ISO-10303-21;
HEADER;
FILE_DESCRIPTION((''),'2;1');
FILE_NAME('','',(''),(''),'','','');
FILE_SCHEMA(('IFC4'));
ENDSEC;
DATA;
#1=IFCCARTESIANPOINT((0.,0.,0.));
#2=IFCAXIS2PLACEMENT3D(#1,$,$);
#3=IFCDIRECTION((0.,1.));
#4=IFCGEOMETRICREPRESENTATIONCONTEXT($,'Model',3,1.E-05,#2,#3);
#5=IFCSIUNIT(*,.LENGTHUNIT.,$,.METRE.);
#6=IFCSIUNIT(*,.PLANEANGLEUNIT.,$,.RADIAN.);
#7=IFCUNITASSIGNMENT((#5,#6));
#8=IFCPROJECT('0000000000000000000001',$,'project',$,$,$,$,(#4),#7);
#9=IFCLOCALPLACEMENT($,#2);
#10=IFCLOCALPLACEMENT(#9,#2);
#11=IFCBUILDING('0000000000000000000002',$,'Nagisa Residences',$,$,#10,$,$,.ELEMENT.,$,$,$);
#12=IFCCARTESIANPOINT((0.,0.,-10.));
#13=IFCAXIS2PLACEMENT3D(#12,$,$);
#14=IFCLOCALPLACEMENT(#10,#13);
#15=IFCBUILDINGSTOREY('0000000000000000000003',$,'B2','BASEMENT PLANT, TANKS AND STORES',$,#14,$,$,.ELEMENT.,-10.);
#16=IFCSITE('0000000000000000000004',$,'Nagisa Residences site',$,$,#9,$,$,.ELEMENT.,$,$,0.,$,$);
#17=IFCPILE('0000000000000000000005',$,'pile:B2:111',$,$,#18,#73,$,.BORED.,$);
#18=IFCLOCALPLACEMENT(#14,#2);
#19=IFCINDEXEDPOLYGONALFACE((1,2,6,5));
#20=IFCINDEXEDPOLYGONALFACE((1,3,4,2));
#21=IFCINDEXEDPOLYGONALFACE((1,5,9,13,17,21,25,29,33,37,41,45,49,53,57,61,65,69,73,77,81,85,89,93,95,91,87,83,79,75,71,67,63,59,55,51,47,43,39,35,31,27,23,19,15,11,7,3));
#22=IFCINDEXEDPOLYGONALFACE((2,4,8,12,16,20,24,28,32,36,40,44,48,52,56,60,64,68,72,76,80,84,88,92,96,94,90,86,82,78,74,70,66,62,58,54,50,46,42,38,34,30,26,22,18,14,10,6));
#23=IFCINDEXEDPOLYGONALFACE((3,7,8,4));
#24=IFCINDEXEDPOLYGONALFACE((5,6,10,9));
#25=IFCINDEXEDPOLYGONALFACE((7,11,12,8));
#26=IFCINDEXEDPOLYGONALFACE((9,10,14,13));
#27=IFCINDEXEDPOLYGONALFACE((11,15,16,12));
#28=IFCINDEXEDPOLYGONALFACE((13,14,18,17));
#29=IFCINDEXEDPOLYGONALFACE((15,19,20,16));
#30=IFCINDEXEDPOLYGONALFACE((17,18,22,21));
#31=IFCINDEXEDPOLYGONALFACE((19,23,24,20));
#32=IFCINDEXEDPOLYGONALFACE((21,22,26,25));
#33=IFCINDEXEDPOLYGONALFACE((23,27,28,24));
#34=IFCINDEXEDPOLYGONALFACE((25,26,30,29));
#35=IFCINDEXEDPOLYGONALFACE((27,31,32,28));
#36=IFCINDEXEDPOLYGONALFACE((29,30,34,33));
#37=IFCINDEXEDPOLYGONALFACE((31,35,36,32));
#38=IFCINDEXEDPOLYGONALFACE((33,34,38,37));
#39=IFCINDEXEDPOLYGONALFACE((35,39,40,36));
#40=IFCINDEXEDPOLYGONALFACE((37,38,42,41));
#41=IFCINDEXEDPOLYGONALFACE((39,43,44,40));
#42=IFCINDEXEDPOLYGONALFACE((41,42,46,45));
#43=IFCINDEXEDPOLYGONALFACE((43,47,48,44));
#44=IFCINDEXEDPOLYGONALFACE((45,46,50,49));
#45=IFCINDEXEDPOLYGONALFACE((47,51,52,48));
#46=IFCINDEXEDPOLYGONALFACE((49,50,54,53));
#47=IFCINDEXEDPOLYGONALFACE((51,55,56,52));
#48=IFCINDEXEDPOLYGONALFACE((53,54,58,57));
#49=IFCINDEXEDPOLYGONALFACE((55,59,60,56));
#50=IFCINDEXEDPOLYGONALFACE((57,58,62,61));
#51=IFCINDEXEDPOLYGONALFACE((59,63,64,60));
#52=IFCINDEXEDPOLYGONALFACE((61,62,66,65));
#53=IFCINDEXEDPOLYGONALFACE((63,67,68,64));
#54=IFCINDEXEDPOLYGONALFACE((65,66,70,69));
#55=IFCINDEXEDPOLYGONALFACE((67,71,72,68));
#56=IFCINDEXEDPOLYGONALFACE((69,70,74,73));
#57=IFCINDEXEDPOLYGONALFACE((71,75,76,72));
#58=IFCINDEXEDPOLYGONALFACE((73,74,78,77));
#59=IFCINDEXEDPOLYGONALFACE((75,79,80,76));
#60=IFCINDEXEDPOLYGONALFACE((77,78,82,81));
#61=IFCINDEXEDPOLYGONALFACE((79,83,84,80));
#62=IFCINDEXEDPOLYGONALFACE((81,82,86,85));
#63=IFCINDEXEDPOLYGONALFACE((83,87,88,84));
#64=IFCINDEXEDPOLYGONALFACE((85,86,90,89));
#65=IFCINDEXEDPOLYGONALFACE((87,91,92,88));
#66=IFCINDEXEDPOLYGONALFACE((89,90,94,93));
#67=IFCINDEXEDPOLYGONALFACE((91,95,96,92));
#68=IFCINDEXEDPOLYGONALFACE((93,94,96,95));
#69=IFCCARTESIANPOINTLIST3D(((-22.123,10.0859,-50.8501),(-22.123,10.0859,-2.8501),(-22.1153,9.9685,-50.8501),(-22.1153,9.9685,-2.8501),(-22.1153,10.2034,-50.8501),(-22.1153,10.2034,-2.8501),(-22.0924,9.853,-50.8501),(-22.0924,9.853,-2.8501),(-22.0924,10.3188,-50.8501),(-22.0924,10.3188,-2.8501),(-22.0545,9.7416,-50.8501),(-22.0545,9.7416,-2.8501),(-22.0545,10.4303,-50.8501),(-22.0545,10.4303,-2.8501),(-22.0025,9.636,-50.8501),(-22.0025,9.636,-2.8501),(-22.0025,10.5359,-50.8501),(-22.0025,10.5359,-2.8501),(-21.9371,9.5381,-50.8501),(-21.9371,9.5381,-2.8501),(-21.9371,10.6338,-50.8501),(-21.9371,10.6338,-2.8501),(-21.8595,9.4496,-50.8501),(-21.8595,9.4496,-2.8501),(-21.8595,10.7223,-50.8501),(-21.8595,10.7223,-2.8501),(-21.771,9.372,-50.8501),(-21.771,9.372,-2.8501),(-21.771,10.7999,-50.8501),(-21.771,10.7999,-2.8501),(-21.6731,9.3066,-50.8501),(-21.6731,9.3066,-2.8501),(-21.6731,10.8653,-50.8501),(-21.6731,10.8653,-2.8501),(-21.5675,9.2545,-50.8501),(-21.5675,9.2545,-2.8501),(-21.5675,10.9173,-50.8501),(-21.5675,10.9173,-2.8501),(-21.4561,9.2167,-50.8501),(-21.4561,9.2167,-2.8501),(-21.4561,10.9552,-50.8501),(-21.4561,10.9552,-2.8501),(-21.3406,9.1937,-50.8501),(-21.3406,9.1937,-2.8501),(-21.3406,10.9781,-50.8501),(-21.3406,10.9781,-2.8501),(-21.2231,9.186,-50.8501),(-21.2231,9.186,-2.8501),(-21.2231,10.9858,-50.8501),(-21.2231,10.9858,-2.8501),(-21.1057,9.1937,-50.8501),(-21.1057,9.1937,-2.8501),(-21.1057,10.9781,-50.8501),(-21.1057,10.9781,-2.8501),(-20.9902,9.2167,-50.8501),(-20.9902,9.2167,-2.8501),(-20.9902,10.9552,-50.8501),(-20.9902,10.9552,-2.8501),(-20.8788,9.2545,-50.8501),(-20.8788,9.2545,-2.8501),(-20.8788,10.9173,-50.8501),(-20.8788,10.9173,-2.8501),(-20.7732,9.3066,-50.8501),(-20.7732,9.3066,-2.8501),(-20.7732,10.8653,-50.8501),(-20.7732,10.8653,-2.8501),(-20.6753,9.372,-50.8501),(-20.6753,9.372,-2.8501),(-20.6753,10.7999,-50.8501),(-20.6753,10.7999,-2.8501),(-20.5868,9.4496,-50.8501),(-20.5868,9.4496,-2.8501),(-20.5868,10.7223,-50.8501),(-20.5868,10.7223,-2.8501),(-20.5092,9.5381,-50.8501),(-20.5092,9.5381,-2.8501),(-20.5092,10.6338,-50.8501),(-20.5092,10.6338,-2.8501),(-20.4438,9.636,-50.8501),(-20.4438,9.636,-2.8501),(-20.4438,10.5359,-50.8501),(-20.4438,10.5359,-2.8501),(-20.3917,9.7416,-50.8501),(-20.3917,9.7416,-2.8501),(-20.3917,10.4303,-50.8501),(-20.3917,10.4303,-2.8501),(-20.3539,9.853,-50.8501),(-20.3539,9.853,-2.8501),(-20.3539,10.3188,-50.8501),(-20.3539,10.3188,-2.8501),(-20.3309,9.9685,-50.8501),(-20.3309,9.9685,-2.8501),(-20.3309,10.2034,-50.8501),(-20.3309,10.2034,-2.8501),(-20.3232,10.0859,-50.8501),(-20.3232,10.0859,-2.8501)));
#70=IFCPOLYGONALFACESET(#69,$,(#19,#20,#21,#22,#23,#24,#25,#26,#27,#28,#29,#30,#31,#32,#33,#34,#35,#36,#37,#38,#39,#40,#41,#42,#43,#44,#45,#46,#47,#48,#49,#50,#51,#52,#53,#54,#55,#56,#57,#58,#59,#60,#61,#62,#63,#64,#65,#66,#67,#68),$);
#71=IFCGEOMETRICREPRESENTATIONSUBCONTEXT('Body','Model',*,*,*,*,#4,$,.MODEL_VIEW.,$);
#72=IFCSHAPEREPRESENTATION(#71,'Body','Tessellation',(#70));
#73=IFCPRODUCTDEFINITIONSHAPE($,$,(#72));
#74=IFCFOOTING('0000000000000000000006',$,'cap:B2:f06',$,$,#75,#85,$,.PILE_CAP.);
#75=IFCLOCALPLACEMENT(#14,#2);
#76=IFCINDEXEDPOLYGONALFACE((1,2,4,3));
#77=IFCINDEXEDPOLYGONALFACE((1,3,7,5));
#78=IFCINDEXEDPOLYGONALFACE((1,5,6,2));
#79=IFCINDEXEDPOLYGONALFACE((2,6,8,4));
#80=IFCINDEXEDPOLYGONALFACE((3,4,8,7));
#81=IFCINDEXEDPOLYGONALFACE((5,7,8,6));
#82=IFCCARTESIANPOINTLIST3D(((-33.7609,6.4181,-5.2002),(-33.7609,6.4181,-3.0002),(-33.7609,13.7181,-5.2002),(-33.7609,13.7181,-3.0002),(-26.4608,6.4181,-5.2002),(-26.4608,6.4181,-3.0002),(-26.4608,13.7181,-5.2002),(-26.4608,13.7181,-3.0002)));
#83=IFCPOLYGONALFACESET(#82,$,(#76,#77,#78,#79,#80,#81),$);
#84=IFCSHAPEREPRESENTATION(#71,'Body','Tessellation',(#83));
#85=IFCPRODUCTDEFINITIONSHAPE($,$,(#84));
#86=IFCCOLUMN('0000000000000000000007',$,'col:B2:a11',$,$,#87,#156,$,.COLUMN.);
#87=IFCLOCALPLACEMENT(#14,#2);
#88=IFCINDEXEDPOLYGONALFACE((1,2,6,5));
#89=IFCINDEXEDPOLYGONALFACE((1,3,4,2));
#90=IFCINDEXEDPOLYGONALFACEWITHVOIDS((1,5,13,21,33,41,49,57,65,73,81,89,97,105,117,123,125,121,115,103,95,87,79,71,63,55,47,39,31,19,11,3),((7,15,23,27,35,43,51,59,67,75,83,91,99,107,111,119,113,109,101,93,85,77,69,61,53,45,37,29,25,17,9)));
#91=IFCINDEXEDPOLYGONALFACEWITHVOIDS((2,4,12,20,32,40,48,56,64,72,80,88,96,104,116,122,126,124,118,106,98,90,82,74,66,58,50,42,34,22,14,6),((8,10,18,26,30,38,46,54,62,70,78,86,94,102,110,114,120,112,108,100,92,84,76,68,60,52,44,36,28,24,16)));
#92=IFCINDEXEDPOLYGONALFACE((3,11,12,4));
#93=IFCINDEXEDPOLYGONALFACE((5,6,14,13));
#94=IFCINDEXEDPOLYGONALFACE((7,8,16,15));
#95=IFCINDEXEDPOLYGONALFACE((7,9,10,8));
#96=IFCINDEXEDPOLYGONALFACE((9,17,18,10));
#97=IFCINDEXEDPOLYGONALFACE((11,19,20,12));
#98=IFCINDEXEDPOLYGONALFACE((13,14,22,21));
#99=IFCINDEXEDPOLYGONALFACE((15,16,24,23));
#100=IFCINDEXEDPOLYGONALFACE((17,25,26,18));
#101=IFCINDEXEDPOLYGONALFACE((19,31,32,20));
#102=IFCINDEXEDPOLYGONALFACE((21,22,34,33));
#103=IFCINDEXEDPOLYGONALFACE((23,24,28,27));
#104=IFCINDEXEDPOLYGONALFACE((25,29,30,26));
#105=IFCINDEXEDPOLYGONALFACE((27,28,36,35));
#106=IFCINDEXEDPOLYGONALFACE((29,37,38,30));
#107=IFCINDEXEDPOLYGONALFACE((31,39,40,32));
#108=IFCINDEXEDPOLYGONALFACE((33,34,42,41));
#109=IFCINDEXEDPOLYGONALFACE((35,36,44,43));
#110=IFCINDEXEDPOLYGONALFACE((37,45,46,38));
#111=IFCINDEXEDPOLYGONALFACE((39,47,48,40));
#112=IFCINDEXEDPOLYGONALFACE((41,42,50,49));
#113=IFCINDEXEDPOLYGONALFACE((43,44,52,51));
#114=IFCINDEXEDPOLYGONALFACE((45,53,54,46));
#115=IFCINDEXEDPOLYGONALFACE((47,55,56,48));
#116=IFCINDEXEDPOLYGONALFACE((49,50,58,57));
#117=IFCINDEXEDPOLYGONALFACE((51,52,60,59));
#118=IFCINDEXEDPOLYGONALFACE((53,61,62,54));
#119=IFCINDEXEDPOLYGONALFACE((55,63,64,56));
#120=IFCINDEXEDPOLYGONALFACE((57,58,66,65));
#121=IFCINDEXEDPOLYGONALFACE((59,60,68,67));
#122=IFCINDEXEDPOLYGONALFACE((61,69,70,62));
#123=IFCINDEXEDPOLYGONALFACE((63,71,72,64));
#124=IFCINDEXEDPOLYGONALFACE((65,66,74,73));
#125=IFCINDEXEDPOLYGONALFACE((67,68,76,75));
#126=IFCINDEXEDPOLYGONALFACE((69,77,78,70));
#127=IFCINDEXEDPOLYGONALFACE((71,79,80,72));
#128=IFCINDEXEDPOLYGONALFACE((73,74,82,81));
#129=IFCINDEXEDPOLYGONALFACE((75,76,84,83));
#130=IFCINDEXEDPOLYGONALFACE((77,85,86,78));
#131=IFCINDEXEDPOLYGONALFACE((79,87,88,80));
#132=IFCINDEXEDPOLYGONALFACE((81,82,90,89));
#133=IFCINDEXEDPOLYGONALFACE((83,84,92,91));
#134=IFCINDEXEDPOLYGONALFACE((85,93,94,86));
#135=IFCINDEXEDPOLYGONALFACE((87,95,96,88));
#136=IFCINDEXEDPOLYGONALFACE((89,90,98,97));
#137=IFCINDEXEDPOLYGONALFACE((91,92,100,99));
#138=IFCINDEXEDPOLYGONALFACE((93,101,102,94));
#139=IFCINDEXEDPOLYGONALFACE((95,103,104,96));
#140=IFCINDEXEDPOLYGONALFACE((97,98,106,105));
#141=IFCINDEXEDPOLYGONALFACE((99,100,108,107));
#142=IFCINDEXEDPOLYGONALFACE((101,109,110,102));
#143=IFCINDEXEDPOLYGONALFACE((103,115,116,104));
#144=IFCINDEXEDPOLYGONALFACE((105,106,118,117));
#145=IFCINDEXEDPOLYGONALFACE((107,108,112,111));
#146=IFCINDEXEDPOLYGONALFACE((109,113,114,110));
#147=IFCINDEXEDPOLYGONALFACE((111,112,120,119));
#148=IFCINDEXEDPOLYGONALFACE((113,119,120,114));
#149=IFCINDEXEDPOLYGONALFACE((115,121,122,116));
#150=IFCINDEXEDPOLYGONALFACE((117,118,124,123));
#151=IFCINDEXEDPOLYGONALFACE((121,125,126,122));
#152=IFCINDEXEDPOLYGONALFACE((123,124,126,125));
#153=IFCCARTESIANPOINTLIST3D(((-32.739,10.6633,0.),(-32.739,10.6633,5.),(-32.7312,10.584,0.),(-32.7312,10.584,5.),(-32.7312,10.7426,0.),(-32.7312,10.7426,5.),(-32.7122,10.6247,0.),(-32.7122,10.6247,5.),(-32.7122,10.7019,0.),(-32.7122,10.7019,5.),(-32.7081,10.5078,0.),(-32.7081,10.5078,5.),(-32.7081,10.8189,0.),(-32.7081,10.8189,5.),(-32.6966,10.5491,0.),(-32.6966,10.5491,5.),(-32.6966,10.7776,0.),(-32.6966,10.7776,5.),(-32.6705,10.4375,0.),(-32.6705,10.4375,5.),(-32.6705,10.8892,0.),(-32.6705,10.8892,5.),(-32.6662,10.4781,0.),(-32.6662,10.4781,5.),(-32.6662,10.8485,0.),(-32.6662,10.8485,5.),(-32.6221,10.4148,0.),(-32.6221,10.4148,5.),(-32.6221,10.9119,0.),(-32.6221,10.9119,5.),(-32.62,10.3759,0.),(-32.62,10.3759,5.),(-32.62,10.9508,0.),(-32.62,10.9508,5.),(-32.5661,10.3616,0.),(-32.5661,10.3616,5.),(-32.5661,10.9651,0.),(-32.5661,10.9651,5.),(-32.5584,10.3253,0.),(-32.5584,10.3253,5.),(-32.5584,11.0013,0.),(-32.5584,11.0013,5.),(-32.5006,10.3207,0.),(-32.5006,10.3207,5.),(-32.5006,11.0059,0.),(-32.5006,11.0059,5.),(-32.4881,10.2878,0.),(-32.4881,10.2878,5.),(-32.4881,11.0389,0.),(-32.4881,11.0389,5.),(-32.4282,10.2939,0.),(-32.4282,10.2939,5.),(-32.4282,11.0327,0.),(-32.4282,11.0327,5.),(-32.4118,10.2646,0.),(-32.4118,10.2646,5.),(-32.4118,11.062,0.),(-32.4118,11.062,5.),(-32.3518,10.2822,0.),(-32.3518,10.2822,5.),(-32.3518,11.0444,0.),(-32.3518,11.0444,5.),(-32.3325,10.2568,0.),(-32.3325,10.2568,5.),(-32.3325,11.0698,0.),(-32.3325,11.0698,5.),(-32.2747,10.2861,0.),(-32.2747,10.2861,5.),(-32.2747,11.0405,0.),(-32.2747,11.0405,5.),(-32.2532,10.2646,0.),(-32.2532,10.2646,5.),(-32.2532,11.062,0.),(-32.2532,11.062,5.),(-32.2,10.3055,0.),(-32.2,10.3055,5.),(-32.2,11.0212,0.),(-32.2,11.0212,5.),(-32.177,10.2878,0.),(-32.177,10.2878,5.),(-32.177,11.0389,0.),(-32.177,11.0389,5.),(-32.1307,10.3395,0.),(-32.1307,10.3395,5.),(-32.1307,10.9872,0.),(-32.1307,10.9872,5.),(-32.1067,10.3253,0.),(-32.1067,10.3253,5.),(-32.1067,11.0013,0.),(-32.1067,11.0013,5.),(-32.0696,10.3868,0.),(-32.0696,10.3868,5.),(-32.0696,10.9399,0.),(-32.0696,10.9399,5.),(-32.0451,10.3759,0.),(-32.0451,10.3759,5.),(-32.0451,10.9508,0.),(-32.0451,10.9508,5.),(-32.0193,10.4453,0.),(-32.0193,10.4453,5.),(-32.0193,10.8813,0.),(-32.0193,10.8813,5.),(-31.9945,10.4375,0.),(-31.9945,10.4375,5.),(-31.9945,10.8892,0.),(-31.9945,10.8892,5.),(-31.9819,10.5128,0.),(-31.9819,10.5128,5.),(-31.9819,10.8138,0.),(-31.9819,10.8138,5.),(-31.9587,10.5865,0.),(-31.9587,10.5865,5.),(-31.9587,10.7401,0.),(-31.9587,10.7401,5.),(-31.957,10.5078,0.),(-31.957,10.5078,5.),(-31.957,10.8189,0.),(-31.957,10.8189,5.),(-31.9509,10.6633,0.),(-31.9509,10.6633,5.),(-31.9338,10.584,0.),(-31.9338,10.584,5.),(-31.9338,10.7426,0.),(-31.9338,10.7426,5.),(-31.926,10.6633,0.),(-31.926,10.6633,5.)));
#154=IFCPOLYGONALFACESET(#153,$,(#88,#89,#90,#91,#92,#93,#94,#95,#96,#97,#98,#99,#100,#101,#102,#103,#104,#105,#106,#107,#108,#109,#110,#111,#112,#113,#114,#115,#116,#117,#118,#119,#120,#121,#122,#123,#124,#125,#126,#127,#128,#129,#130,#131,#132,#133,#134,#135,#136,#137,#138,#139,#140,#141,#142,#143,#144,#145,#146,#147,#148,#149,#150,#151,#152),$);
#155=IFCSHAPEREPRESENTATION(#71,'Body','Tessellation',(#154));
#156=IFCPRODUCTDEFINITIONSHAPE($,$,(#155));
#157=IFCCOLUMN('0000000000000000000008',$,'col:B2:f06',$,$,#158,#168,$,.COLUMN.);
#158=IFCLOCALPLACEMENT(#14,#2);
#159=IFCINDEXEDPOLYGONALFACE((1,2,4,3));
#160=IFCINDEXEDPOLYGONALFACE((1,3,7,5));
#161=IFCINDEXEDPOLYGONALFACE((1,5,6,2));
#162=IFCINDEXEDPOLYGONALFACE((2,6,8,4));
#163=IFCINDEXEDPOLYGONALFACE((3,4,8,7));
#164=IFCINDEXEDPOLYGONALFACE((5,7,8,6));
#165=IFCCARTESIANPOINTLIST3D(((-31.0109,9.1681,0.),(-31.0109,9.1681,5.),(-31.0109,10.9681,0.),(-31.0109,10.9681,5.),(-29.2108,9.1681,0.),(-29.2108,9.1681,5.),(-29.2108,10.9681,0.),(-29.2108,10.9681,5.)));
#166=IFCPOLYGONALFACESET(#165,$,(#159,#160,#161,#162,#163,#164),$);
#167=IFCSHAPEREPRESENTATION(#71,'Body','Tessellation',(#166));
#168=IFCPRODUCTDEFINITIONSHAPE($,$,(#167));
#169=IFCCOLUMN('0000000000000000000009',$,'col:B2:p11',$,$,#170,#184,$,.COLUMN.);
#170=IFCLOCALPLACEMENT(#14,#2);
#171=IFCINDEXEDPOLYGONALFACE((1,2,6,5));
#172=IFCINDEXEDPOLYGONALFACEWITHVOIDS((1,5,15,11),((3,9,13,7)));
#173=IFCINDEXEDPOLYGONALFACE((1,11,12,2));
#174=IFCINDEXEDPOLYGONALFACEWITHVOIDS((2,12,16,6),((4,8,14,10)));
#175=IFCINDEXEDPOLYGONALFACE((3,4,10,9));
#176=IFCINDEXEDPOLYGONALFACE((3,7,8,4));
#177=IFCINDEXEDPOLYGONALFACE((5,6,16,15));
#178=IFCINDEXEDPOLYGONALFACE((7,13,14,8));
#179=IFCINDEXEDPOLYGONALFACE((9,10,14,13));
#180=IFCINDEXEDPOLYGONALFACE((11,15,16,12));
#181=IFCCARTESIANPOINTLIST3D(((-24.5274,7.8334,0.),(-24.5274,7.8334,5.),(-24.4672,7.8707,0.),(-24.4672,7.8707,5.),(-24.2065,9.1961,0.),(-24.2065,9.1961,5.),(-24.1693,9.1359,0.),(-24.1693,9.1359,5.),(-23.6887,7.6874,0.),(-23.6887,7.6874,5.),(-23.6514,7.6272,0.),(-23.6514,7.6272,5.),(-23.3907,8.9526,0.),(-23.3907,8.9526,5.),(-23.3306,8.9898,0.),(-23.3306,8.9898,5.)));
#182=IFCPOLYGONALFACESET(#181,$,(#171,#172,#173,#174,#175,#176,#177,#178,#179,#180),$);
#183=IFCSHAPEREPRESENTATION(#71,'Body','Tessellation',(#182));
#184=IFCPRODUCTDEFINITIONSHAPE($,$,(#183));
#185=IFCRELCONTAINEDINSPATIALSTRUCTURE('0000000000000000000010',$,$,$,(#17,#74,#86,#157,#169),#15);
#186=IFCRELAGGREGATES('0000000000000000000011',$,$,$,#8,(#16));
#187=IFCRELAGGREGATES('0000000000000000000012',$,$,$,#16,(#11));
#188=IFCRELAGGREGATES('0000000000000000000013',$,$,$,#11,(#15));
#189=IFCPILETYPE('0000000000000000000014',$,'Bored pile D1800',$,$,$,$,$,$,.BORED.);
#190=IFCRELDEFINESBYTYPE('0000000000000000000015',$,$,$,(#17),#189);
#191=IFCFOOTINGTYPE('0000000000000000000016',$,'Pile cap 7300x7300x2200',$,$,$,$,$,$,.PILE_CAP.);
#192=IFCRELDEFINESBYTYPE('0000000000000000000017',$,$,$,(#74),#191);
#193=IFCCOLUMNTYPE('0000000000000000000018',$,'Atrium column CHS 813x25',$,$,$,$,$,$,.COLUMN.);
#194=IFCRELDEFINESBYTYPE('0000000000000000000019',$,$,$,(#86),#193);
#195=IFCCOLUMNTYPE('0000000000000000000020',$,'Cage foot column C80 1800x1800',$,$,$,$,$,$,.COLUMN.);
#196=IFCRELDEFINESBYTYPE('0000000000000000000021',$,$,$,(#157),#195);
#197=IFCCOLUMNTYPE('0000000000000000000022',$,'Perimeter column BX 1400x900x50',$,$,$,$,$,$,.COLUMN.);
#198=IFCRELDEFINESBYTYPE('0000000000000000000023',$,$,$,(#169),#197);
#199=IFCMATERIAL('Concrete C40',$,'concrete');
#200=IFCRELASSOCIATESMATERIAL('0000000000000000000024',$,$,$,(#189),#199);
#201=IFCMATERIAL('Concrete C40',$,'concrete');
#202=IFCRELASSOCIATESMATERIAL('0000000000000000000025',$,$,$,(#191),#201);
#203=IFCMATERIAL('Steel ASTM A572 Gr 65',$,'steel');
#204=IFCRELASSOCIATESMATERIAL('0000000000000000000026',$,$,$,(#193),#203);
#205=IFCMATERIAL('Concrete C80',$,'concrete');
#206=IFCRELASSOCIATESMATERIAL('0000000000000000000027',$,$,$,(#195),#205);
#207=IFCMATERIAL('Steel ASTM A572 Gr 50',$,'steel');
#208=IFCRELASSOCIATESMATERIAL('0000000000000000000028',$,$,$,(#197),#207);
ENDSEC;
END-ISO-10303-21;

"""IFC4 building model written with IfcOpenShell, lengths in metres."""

from ifc_helpers import new_model, si_unit, direction, frame, origin, origin_2d, place, context, subcontext, project, spatial, rectangle, hollow_rectangle, circle, hollow_circle, extrude, material, material_profile, profile_set, type_object, element, save


model = new_model("IFC4")

# Units and contexts
model_context = context("Model", 3, precision=1e-05, world=origin(), true_north=direction((0.0, 1.0)))
body_context = subcontext(model_context, "Body", "Model", "MODEL_VIEW")
ifc_project = project(units=[si_unit("LENGTHUNIT", "METRE"), si_unit("PLANEANGLEUNIT", "RADIAN")], contexts=[model_context])

# Site, building, storey
site_placement = place(None, origin())
site = spatial("IfcSite", under=ifc_project, at=site_placement, Name="Nagisa Residences site", CompositionType="ELEMENT", RefElevation=0.0)
building_placement = place(site_placement, origin())
building = spatial("IfcBuilding", under=site, at=building_placement, Name="Nagisa Residences", CompositionType="ELEMENT")
storey_placement = place(building_placement, frame((0.0, 0.0, -10.0)))
storey = spatial("IfcBuildingStorey", under=building, at=storey_placement, Name="B2", Description="BASEMENT PLANT, TANKS AND STORES", CompositionType="ELEMENT", Elevation=-10.0)

# Pile
ifc_material_1 = material(Name="Concrete C40", Category="concrete")
ifc_material_profile_1 = material_profile(ifc_material_1, circle(Radius=0.8999, at=origin_2d()), Name="Bored pile D1800")
ifc_profile_set_1 = profile_set([ifc_material_profile_1], Name="Concrete C40")
pile_type = type_object("IfcPileType", Name="Bored pile D1800", PredefinedType="BORED", material=ifc_profile_set_1)
for number, where, z_axis, x_axis, name in (
    (1, (-21.2231, 10.0859, -2.8501), (0.0, 0.0, -1.0), (1.0, 0.0, 0.0), "pile:B2:111"),
):
    element("IfcPile", number, at=place(storey_placement, frame(where, z_axis=z_axis, x_axis=x_axis)), inside=storey, type_object=pile_type, Name=name, PredefinedType="BORED", context=body_context, shape_type="SweptSolid", body=[
        extrude(circle(Radius=0.8999, at=origin_2d()), origin(), (0.0, 0.0, 1.0), 48.0),
    ])

# Footing
ifc_material_2 = material(Name="Concrete C40", Category="concrete")
footing_type = type_object("IfcFootingType", Name="Pile cap 7300x7300x2200", PredefinedType="PILE_CAP", material=ifc_material_2)
footing_placement = place(storey_placement, frame((-30.1108, 10.0681, -5.2002), z_axis=(0.0, 0.0, 1.0), x_axis=(1.0, 0.0, 0.0)))
element("IfcFooting", 2, at=footing_placement, inside=storey, type_object=footing_type, Name="cap:B2:f06", PredefinedType="PILE_CAP", context=body_context, shape_type="SweptSolid", body=[
    extrude(rectangle(XDim=7.3, YDim=7.3, at=origin_2d()), origin(), (0.0, 0.0, 1.0), 2.2),
])

# Columns
ifc_material_3 = material(Name="Steel ASTM A572 Gr 65", Category="steel")
ifc_material_profile_2 = material_profile(ifc_material_3, hollow_circle(Radius=0.4065, WallThickness=0.0249, at=origin_2d()), Name="CHS 813x25")
ifc_profile_set_2 = profile_set([ifc_material_profile_2], Name="Steel ASTM A572 Gr 65")
column_type_1 = type_object("IfcColumnType", Name="Atrium column CHS 813x25", PredefinedType="COLUMN", material=ifc_profile_set_2)
column_1_placement = place(storey_placement, frame((-32.3325, 10.6633, 0.0), z_axis=(0.0, 0.0, 1.0), x_axis=(1.0, 0.0, 0.0)))
element("IfcColumn", 3, at=column_1_placement, inside=storey, type_object=column_type_1, Name="col:B2:a11", PredefinedType="COLUMN", context=body_context, shape_type="SweptSolid", body=[
    extrude(hollow_circle(Radius=0.4065, WallThickness=0.0249, at=origin_2d()), origin(), (0.0, 0.0, 1.0), 5.0),
])
ifc_material_4 = material(Name="Concrete C80", Category="concrete")
ifc_material_profile_3 = material_profile(ifc_material_4, rectangle(XDim=1.8, YDim=1.8, at=origin_2d()), Name="C80 1800x1800")
ifc_profile_set_3 = profile_set([ifc_material_profile_3], Name="Concrete C80")
column_type_2 = type_object("IfcColumnType", Name="Cage foot column C80 1800x1800", PredefinedType="COLUMN", material=ifc_profile_set_3)
column_2_placement = place(storey_placement, frame((-30.1108, 10.0681, 0.0), z_axis=(0.0, 0.0, 1.0), x_axis=(1.0, 0.0, 0.0)))
element("IfcColumn", 4, at=column_2_placement, inside=storey, type_object=column_type_2, Name="col:B2:f06", PredefinedType="COLUMN", context=body_context, shape_type="SweptSolid", body=[
    extrude(rectangle(XDim=1.8, YDim=1.8, at=origin_2d()), origin(), (0.0, 0.0, 1.0), 5.0),
])
ifc_material_5 = material(Name="Steel ASTM A572 Gr 50", Category="steel")
ifc_material_profile_4 = material_profile(ifc_material_5, hollow_rectangle(XDim=1.3999, YDim=0.8999, WallThickness=0.05, at=origin_2d()), Name="BX 1400x900x50")
ifc_profile_set_4 = profile_set([ifc_material_profile_4], Name="Steel ASTM A572 Gr 50")
column_type_3 = type_object("IfcColumnType", Name="Perimeter column BX 1400x900x50", PredefinedType="COLUMN", material=ifc_profile_set_4)
column_3_placement = place(storey_placement, frame((-23.929, 8.4116, 0.0), z_axis=(0.0, 0.0, 1.0), x_axis=(-0.229202, -0.973379, 0.0)))
element("IfcColumn", 5, at=column_3_placement, inside=storey, type_object=column_type_3, Name="col:B2:p11", PredefinedType="COLUMN", context=body_context, shape_type="SweptSolid", body=[
    extrude(hollow_rectangle(XDim=1.3999, YDim=0.8999, WallThickness=0.05, at=origin_2d()), origin(), (0.0, 0.0, 1.0), 5.0),
])

save(model, "model.ifc")
